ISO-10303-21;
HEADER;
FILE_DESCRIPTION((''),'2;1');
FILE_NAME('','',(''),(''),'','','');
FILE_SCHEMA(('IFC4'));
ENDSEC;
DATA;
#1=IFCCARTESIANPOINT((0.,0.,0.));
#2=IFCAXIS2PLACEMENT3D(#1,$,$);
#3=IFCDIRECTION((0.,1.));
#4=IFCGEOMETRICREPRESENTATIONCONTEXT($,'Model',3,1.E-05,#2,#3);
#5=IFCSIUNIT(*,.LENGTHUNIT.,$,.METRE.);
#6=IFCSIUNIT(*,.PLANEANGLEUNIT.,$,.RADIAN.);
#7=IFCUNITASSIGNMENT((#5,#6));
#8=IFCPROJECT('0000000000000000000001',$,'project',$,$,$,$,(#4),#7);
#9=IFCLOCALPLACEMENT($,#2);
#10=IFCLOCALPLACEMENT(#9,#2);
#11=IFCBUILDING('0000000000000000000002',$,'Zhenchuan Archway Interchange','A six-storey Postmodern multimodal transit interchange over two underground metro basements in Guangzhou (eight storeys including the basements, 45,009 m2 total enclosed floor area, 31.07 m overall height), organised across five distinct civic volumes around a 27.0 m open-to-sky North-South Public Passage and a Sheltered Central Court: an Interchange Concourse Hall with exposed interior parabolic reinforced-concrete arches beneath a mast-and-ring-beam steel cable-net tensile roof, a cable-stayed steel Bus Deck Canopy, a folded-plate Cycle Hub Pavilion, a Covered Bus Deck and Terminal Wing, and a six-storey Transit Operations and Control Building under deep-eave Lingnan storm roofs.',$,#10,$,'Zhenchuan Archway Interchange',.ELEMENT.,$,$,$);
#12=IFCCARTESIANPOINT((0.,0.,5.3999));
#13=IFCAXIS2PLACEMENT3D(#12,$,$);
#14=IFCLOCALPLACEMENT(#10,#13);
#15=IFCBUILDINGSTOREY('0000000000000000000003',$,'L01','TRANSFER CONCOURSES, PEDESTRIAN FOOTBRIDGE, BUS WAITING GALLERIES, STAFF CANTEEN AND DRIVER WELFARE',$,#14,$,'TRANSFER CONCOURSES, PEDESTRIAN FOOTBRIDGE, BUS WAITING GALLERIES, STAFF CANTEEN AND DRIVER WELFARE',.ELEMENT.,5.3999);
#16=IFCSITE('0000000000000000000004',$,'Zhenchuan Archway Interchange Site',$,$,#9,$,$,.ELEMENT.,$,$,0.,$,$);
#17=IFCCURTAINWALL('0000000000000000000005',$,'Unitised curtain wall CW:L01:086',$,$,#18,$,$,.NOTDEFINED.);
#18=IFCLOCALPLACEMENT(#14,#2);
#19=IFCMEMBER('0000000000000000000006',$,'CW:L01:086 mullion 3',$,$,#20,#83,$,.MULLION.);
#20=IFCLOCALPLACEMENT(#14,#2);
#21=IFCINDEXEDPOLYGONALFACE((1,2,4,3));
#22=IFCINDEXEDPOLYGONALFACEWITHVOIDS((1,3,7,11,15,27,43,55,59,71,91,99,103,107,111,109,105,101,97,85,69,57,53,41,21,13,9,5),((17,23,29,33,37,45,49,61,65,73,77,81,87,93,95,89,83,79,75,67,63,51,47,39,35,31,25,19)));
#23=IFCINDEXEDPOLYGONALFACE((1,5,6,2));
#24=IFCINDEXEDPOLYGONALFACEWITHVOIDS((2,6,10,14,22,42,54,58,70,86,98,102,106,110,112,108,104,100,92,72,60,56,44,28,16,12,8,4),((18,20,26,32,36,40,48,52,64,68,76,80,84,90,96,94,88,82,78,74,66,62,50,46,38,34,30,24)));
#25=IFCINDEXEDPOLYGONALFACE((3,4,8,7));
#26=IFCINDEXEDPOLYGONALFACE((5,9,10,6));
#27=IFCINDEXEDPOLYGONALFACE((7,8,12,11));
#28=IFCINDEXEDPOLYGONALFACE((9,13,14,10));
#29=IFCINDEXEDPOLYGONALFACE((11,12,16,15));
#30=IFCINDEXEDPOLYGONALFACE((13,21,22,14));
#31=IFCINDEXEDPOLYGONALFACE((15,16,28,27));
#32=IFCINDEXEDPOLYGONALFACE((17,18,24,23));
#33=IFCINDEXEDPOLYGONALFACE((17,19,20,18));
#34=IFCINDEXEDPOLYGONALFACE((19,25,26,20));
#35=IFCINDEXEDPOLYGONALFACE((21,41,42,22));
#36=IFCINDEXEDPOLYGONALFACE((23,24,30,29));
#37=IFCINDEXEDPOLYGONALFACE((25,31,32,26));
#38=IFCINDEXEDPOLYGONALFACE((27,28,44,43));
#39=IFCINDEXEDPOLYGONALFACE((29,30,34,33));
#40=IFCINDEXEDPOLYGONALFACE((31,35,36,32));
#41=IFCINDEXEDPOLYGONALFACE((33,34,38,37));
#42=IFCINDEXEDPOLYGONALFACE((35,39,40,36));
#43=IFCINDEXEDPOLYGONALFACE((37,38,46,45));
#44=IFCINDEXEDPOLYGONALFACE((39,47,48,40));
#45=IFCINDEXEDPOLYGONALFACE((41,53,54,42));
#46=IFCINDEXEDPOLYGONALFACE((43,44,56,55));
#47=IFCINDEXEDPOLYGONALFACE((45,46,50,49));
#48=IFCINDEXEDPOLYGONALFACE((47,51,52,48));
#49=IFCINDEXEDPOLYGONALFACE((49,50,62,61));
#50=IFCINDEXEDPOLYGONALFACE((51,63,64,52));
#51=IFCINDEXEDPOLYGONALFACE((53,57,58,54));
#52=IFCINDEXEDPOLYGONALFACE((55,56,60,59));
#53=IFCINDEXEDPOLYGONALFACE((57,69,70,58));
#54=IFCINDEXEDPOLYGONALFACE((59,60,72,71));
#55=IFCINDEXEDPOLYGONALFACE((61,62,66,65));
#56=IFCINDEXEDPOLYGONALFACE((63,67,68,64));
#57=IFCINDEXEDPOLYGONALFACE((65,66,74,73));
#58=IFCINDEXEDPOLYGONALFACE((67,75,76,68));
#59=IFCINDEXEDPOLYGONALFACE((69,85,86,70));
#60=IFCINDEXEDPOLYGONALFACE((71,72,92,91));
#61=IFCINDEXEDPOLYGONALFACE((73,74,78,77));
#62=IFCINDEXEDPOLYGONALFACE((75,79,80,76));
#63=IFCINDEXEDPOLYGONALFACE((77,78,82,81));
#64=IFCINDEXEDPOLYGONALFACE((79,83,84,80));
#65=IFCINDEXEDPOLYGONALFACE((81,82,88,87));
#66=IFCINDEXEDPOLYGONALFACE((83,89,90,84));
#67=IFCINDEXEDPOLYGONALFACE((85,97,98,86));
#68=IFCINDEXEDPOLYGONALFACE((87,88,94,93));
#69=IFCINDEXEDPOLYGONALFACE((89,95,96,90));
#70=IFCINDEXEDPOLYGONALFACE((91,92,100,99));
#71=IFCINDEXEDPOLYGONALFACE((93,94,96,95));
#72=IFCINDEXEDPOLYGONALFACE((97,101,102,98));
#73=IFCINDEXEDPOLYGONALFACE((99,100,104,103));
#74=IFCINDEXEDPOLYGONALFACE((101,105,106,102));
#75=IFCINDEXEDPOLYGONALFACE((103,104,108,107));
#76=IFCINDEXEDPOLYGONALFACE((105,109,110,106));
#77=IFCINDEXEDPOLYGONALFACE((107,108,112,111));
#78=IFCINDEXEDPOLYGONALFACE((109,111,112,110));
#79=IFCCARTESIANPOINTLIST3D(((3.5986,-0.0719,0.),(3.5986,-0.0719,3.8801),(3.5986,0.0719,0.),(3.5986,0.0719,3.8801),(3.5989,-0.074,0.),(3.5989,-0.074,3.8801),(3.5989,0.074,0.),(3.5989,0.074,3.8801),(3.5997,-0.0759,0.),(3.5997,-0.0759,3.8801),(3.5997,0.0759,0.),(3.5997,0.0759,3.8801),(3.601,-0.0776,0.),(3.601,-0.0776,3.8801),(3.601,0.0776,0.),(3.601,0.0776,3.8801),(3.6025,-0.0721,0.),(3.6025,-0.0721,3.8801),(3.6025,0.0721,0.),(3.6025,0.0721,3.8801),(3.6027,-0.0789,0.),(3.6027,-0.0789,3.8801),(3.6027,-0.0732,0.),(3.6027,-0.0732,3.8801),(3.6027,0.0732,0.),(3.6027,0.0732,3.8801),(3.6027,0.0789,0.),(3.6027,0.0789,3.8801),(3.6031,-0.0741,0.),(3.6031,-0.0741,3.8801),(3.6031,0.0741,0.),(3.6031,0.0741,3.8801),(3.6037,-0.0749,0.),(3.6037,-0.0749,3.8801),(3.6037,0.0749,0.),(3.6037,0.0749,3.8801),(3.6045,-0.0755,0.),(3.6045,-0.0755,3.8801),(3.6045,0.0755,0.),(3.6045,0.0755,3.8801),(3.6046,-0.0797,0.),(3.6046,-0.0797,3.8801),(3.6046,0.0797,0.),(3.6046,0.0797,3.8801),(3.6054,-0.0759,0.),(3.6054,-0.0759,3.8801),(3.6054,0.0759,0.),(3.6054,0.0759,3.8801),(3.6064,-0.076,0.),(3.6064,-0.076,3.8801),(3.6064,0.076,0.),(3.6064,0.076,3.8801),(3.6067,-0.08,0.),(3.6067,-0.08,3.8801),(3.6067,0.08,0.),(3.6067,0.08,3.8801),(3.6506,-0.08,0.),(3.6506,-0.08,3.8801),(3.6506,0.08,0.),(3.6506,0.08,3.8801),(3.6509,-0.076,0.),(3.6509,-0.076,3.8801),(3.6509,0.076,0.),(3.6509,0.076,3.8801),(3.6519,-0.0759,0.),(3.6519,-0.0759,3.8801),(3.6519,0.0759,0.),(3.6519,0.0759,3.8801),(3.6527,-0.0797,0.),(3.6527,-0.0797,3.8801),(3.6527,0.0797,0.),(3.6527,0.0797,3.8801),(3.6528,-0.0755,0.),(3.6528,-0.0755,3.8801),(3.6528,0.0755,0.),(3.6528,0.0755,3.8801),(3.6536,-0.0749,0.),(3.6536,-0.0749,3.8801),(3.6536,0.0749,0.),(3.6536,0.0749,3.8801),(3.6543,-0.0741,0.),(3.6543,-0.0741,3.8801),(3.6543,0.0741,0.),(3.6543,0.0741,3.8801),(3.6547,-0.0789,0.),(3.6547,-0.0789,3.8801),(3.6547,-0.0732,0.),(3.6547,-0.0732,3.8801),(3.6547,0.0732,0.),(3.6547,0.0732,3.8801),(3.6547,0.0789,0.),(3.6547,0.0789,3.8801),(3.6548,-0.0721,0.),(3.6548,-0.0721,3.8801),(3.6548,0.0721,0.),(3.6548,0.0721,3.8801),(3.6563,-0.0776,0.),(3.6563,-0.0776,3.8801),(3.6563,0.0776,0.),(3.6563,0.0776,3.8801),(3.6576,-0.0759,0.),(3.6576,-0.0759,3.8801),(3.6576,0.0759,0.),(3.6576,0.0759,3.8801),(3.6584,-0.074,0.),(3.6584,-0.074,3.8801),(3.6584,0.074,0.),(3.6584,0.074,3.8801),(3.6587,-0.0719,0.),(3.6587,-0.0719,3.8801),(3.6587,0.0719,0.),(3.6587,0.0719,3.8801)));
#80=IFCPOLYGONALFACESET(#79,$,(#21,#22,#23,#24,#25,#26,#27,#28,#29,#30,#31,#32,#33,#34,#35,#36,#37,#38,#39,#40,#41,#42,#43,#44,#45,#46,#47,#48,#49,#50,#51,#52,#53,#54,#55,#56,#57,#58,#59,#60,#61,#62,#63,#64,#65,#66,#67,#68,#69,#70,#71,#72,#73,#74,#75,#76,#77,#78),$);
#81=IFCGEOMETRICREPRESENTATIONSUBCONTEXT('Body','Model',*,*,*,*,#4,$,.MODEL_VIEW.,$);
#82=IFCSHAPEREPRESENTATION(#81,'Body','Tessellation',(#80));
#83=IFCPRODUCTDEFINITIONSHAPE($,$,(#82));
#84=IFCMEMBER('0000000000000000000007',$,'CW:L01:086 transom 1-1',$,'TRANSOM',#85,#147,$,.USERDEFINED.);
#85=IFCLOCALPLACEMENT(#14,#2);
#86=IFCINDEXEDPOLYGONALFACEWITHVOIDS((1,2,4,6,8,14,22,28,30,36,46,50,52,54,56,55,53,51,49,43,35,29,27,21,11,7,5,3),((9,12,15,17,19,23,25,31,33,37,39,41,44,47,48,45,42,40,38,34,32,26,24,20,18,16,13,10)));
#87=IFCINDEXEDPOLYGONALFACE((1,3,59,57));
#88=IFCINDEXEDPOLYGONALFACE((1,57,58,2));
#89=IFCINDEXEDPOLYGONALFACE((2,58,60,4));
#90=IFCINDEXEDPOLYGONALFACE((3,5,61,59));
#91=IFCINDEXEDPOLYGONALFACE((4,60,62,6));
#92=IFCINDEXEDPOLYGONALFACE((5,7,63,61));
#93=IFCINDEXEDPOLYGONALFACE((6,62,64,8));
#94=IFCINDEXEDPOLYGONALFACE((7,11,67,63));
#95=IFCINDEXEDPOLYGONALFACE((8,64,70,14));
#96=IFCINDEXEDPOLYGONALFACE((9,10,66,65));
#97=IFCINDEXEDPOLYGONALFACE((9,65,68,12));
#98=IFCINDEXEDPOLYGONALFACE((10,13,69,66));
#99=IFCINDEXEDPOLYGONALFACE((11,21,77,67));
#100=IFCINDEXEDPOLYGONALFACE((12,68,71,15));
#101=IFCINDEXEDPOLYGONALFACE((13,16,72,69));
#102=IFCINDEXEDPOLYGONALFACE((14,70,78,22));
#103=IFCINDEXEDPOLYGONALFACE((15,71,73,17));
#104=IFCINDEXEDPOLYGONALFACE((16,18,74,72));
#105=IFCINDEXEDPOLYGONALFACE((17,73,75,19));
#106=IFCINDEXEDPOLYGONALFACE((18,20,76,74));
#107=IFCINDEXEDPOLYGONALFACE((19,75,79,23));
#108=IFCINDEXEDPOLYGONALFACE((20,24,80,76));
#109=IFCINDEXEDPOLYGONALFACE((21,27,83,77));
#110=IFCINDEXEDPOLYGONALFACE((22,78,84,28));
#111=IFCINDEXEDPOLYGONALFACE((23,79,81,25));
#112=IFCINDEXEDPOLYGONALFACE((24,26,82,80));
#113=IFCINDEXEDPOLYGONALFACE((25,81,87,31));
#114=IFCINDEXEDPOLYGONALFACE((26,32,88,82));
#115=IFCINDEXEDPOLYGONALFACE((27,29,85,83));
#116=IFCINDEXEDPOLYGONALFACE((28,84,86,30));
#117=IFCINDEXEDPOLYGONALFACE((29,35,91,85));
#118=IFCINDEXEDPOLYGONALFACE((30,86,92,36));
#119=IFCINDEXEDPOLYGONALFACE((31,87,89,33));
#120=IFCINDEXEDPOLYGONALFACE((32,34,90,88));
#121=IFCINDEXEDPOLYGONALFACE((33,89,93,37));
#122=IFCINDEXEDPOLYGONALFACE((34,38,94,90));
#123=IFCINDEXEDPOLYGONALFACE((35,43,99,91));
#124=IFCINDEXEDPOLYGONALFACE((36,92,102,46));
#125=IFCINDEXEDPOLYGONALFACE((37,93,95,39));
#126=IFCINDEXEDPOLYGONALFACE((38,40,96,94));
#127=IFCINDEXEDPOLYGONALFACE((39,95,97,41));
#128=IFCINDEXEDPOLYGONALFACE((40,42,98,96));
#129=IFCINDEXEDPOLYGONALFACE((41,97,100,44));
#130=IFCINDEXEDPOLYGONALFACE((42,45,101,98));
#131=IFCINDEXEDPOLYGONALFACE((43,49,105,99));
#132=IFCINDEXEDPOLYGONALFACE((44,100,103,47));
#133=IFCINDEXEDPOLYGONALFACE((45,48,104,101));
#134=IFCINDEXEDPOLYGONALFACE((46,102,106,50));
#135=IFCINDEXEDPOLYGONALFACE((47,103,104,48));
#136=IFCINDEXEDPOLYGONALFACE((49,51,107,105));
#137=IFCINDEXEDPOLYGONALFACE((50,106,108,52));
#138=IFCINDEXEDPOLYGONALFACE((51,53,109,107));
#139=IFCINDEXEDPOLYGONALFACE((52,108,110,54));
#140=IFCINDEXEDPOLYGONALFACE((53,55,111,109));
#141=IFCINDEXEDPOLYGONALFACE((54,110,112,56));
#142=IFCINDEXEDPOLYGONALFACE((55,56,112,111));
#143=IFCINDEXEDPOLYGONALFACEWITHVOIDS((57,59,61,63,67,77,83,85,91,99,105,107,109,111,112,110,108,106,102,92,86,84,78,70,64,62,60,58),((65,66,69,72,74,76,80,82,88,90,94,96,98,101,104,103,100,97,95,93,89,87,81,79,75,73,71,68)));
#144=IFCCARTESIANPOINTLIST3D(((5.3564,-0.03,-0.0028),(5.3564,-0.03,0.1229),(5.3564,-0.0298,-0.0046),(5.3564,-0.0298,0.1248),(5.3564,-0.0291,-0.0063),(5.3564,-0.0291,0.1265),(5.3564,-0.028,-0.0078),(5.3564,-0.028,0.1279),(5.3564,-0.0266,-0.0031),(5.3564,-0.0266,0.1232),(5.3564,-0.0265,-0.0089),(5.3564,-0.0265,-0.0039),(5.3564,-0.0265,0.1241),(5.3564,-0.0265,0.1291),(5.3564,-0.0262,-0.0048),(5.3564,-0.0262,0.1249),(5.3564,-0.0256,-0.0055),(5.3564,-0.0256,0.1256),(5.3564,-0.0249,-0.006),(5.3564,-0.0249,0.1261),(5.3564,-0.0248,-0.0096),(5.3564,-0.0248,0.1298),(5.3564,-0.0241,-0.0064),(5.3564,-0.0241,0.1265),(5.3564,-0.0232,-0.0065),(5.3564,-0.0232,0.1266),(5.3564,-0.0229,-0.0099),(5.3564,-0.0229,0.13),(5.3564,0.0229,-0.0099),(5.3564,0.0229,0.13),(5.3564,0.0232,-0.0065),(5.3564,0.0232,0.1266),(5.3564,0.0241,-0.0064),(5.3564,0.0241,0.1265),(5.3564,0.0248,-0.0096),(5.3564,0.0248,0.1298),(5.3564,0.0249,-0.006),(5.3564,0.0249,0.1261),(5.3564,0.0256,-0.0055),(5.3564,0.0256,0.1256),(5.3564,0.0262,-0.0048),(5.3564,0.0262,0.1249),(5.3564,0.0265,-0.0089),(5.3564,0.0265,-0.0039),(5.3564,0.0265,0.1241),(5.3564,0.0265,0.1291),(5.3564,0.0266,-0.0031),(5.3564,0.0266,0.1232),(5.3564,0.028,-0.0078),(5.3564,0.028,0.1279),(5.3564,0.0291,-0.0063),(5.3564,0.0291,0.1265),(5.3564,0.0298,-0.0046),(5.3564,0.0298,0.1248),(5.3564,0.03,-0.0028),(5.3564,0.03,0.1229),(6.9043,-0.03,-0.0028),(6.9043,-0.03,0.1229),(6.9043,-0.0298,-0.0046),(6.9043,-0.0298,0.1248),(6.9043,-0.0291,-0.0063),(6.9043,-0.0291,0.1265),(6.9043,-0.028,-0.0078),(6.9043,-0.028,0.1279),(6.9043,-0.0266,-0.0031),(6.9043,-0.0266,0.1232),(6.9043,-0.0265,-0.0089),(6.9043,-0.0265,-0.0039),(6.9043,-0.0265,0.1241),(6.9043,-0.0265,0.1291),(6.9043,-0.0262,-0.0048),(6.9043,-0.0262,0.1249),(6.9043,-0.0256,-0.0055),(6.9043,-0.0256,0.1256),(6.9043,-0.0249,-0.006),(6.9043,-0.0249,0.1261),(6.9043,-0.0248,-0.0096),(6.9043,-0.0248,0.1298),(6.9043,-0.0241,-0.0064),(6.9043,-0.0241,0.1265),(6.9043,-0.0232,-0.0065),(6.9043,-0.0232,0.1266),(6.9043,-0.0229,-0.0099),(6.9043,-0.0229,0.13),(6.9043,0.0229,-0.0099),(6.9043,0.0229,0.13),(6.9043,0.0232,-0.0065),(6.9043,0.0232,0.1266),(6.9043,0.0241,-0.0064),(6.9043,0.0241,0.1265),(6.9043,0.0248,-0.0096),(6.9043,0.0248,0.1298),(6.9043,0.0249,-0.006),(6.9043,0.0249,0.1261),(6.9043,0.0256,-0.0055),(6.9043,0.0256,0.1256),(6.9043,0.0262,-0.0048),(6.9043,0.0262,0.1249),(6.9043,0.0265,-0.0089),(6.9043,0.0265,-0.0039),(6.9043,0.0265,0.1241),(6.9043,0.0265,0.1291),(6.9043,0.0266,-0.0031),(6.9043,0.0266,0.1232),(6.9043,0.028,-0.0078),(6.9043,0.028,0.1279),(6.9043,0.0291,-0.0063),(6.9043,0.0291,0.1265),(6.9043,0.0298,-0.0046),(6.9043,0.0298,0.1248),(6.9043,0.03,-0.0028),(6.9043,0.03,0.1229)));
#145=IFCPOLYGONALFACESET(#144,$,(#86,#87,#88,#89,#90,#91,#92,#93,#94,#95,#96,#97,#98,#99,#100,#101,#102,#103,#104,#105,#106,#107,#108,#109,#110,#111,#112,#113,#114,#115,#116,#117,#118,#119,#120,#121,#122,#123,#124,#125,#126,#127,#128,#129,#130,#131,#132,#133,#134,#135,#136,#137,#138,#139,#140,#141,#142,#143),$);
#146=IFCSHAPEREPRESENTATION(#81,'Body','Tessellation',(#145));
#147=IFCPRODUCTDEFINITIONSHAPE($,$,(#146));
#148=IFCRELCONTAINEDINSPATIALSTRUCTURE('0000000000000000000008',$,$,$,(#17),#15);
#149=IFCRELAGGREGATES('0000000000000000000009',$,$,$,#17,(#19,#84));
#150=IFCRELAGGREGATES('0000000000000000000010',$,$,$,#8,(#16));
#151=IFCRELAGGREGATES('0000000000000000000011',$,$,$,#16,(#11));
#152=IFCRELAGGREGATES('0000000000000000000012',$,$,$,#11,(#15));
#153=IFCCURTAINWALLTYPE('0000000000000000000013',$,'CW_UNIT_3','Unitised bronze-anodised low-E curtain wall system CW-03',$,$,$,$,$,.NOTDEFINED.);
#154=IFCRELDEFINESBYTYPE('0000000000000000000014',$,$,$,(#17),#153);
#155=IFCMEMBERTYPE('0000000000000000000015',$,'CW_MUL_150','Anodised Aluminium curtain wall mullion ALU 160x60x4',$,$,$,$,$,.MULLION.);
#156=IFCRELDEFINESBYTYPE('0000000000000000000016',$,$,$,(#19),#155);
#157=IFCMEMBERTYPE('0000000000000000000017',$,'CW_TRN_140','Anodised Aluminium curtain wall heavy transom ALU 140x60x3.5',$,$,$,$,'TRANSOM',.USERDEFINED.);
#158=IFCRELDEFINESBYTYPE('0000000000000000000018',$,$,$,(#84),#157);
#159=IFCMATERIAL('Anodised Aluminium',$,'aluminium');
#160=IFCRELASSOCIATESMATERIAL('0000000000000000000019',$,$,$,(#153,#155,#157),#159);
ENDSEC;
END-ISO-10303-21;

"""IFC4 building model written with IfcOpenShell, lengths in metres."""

from ifc_helpers import new_model, si_unit, direction, frame, origin, origin_2d, place, context, subcontext, project, spatial, hollow_rectangle, extrude, material, material_profile, profile_set, type_object, element, aggregate, save


model = new_model("IFC4")

# Units and contexts
model_context = context("Model", 3, precision=1e-05, world=origin(), true_north=direction((0.0, 1.0)))
body_context = subcontext(model_context, "Body", "Model", "MODEL_VIEW")
ifc_project = project(units=[si_unit("LENGTHUNIT", "METRE"), si_unit("PLANEANGLEUNIT", "RADIAN")], contexts=[model_context])

# Site, building, storey
site_placement = place(None, origin())
site = spatial("IfcSite", under=ifc_project, at=site_placement, Name="Zhenchuan Archway Interchange Site", CompositionType="ELEMENT", RefElevation=0.0)
building_placement = place(site_placement, origin())
building = spatial("IfcBuilding", under=site, at=building_placement, Name="Zhenchuan Archway Interchange", Description="A six-storey Postmodern multimodal transit interchange over two underground metro basements in Guangzhou (eight storeys including the basements, 45,009 m2 total enclosed floor area, 31.07 m overall height), organised across five distinct civic volumes around a 27.0 m open-to-sky North-South Public Passage and a Sheltered Central Court: an Interchange Concourse Hall with exposed interior parabolic reinforced-concrete arches beneath a mast-and-ring-beam steel cable-net tensile roof, a cable-stayed steel Bus Deck Canopy, a folded-plate Cycle Hub Pavilion, a Covered Bus Deck and Terminal Wing, and a six-storey Transit Operations and Control Building under deep-eave Lingnan storm roofs.", LongName="Zhenchuan Archway Interchange", CompositionType="ELEMENT")
storey_placement = place(building_placement, frame((0.0, 0.0, 5.3999)))
storey = spatial("IfcBuildingStorey", under=building, at=storey_placement, Name="L01", Description="TRANSFER CONCOURSES, PEDESTRIAN FOOTBRIDGE, BUS WAITING GALLERIES, STAFF CANTEEN AND DRIVER WELFARE", LongName="TRANSFER CONCOURSES, PEDESTRIAN FOOTBRIDGE, BUS WAITING GALLERIES, STAFF CANTEEN AND DRIVER WELFARE", CompositionType="ELEMENT", Elevation=5.3999)

# Curtain wall, members
ifc_material_1 = material(Name="Anodised Aluminium", Category="aluminium")
curtain_wall_type = type_object("IfcCurtainWallType", Name="CW_UNIT_3", Description="Unitised bronze-anodised low-E curtain wall system CW-03", PredefinedType="NOTDEFINED", material=ifc_material_1)
curtain_wall_placement = place(storey_placement, origin())
curtain_wall = element("IfcCurtainWall", 1, at=curtain_wall_placement, inside=storey, type_object=curtain_wall_type, Name="Unitised curtain wall CW:L01:086", PredefinedType="NOTDEFINED")
ifc_material_profile_1 = material_profile(ifc_material_1, hollow_rectangle(XDim=0.0601, YDim=0.1599, WallThickness=0.0039, InnerFilletRadius=0.0039, OuterFilletRadius=0.0081, at=origin_2d()), Name="ALU 160x60x4")
ifc_profile_set_1 = profile_set([ifc_material_profile_1], Name="Anodised Aluminium")
member_type_1 = type_object("IfcMemberType", Name="CW_MUL_150", Description="Anodised Aluminium curtain wall mullion ALU 160x60x4", PredefinedType="MULLION", material=ifc_profile_set_1)
member_1_placement = place(storey_placement, frame((3.6287, 0.0, 0.0), z_axis=(0.0, 0.0, 1.0), x_axis=(1.0, 0.0, 0.0)))
member_1 = element("IfcMember", 2, at=member_1_placement, type_object=member_type_1, Name="CW:L01:086 mullion 3", PredefinedType="MULLION", context=body_context, shape_type="SweptSolid", body=[
    extrude(hollow_rectangle(XDim=0.0601, YDim=0.1599, WallThickness=0.0039, InnerFilletRadius=0.0039, OuterFilletRadius=0.0081, at=origin_2d()), origin(), (0.0, 0.0, 1.0), 3.8801),
])
ifc_material_profile_2 = material_profile(ifc_material_1, hollow_rectangle(XDim=0.0601, YDim=0.1399, WallThickness=0.0034, InnerFilletRadius=0.0034, OuterFilletRadius=0.0071, at=origin_2d()), Name="ALU 140x60x3.5")
ifc_profile_set_2 = profile_set([ifc_material_profile_2], Name="Anodised Aluminium")
member_type_2 = type_object("IfcMemberType", Name="CW_TRN_140", Description="Anodised Aluminium curtain wall heavy transom ALU 140x60x3.5", ElementType="TRANSOM", PredefinedType="USERDEFINED", material=ifc_profile_set_2)
member_2_placement = place(storey_placement, frame((6.9043, 0.0, 0.0601), z_axis=(-1.0, 0.0, 0.0), x_axis=(0.0, -1.0, 0.0)))
member_2 = element("IfcMember", 3, at=member_2_placement, type_object=member_type_2, Name="CW:L01:086 transom 1-1", ObjectType="TRANSOM", PredefinedType="USERDEFINED", context=body_context, shape_type="SweptSolid", body=[
    extrude(hollow_rectangle(XDim=0.0601, YDim=0.1399, WallThickness=0.0034, InnerFilletRadius=0.0034, OuterFilletRadius=0.0071, at=origin_2d()), origin(), (0.0, 0.0, 1.0), 1.5479),
])

aggregate(curtain_wall, [member_1, member_2])

save(model, "model.ifc")
